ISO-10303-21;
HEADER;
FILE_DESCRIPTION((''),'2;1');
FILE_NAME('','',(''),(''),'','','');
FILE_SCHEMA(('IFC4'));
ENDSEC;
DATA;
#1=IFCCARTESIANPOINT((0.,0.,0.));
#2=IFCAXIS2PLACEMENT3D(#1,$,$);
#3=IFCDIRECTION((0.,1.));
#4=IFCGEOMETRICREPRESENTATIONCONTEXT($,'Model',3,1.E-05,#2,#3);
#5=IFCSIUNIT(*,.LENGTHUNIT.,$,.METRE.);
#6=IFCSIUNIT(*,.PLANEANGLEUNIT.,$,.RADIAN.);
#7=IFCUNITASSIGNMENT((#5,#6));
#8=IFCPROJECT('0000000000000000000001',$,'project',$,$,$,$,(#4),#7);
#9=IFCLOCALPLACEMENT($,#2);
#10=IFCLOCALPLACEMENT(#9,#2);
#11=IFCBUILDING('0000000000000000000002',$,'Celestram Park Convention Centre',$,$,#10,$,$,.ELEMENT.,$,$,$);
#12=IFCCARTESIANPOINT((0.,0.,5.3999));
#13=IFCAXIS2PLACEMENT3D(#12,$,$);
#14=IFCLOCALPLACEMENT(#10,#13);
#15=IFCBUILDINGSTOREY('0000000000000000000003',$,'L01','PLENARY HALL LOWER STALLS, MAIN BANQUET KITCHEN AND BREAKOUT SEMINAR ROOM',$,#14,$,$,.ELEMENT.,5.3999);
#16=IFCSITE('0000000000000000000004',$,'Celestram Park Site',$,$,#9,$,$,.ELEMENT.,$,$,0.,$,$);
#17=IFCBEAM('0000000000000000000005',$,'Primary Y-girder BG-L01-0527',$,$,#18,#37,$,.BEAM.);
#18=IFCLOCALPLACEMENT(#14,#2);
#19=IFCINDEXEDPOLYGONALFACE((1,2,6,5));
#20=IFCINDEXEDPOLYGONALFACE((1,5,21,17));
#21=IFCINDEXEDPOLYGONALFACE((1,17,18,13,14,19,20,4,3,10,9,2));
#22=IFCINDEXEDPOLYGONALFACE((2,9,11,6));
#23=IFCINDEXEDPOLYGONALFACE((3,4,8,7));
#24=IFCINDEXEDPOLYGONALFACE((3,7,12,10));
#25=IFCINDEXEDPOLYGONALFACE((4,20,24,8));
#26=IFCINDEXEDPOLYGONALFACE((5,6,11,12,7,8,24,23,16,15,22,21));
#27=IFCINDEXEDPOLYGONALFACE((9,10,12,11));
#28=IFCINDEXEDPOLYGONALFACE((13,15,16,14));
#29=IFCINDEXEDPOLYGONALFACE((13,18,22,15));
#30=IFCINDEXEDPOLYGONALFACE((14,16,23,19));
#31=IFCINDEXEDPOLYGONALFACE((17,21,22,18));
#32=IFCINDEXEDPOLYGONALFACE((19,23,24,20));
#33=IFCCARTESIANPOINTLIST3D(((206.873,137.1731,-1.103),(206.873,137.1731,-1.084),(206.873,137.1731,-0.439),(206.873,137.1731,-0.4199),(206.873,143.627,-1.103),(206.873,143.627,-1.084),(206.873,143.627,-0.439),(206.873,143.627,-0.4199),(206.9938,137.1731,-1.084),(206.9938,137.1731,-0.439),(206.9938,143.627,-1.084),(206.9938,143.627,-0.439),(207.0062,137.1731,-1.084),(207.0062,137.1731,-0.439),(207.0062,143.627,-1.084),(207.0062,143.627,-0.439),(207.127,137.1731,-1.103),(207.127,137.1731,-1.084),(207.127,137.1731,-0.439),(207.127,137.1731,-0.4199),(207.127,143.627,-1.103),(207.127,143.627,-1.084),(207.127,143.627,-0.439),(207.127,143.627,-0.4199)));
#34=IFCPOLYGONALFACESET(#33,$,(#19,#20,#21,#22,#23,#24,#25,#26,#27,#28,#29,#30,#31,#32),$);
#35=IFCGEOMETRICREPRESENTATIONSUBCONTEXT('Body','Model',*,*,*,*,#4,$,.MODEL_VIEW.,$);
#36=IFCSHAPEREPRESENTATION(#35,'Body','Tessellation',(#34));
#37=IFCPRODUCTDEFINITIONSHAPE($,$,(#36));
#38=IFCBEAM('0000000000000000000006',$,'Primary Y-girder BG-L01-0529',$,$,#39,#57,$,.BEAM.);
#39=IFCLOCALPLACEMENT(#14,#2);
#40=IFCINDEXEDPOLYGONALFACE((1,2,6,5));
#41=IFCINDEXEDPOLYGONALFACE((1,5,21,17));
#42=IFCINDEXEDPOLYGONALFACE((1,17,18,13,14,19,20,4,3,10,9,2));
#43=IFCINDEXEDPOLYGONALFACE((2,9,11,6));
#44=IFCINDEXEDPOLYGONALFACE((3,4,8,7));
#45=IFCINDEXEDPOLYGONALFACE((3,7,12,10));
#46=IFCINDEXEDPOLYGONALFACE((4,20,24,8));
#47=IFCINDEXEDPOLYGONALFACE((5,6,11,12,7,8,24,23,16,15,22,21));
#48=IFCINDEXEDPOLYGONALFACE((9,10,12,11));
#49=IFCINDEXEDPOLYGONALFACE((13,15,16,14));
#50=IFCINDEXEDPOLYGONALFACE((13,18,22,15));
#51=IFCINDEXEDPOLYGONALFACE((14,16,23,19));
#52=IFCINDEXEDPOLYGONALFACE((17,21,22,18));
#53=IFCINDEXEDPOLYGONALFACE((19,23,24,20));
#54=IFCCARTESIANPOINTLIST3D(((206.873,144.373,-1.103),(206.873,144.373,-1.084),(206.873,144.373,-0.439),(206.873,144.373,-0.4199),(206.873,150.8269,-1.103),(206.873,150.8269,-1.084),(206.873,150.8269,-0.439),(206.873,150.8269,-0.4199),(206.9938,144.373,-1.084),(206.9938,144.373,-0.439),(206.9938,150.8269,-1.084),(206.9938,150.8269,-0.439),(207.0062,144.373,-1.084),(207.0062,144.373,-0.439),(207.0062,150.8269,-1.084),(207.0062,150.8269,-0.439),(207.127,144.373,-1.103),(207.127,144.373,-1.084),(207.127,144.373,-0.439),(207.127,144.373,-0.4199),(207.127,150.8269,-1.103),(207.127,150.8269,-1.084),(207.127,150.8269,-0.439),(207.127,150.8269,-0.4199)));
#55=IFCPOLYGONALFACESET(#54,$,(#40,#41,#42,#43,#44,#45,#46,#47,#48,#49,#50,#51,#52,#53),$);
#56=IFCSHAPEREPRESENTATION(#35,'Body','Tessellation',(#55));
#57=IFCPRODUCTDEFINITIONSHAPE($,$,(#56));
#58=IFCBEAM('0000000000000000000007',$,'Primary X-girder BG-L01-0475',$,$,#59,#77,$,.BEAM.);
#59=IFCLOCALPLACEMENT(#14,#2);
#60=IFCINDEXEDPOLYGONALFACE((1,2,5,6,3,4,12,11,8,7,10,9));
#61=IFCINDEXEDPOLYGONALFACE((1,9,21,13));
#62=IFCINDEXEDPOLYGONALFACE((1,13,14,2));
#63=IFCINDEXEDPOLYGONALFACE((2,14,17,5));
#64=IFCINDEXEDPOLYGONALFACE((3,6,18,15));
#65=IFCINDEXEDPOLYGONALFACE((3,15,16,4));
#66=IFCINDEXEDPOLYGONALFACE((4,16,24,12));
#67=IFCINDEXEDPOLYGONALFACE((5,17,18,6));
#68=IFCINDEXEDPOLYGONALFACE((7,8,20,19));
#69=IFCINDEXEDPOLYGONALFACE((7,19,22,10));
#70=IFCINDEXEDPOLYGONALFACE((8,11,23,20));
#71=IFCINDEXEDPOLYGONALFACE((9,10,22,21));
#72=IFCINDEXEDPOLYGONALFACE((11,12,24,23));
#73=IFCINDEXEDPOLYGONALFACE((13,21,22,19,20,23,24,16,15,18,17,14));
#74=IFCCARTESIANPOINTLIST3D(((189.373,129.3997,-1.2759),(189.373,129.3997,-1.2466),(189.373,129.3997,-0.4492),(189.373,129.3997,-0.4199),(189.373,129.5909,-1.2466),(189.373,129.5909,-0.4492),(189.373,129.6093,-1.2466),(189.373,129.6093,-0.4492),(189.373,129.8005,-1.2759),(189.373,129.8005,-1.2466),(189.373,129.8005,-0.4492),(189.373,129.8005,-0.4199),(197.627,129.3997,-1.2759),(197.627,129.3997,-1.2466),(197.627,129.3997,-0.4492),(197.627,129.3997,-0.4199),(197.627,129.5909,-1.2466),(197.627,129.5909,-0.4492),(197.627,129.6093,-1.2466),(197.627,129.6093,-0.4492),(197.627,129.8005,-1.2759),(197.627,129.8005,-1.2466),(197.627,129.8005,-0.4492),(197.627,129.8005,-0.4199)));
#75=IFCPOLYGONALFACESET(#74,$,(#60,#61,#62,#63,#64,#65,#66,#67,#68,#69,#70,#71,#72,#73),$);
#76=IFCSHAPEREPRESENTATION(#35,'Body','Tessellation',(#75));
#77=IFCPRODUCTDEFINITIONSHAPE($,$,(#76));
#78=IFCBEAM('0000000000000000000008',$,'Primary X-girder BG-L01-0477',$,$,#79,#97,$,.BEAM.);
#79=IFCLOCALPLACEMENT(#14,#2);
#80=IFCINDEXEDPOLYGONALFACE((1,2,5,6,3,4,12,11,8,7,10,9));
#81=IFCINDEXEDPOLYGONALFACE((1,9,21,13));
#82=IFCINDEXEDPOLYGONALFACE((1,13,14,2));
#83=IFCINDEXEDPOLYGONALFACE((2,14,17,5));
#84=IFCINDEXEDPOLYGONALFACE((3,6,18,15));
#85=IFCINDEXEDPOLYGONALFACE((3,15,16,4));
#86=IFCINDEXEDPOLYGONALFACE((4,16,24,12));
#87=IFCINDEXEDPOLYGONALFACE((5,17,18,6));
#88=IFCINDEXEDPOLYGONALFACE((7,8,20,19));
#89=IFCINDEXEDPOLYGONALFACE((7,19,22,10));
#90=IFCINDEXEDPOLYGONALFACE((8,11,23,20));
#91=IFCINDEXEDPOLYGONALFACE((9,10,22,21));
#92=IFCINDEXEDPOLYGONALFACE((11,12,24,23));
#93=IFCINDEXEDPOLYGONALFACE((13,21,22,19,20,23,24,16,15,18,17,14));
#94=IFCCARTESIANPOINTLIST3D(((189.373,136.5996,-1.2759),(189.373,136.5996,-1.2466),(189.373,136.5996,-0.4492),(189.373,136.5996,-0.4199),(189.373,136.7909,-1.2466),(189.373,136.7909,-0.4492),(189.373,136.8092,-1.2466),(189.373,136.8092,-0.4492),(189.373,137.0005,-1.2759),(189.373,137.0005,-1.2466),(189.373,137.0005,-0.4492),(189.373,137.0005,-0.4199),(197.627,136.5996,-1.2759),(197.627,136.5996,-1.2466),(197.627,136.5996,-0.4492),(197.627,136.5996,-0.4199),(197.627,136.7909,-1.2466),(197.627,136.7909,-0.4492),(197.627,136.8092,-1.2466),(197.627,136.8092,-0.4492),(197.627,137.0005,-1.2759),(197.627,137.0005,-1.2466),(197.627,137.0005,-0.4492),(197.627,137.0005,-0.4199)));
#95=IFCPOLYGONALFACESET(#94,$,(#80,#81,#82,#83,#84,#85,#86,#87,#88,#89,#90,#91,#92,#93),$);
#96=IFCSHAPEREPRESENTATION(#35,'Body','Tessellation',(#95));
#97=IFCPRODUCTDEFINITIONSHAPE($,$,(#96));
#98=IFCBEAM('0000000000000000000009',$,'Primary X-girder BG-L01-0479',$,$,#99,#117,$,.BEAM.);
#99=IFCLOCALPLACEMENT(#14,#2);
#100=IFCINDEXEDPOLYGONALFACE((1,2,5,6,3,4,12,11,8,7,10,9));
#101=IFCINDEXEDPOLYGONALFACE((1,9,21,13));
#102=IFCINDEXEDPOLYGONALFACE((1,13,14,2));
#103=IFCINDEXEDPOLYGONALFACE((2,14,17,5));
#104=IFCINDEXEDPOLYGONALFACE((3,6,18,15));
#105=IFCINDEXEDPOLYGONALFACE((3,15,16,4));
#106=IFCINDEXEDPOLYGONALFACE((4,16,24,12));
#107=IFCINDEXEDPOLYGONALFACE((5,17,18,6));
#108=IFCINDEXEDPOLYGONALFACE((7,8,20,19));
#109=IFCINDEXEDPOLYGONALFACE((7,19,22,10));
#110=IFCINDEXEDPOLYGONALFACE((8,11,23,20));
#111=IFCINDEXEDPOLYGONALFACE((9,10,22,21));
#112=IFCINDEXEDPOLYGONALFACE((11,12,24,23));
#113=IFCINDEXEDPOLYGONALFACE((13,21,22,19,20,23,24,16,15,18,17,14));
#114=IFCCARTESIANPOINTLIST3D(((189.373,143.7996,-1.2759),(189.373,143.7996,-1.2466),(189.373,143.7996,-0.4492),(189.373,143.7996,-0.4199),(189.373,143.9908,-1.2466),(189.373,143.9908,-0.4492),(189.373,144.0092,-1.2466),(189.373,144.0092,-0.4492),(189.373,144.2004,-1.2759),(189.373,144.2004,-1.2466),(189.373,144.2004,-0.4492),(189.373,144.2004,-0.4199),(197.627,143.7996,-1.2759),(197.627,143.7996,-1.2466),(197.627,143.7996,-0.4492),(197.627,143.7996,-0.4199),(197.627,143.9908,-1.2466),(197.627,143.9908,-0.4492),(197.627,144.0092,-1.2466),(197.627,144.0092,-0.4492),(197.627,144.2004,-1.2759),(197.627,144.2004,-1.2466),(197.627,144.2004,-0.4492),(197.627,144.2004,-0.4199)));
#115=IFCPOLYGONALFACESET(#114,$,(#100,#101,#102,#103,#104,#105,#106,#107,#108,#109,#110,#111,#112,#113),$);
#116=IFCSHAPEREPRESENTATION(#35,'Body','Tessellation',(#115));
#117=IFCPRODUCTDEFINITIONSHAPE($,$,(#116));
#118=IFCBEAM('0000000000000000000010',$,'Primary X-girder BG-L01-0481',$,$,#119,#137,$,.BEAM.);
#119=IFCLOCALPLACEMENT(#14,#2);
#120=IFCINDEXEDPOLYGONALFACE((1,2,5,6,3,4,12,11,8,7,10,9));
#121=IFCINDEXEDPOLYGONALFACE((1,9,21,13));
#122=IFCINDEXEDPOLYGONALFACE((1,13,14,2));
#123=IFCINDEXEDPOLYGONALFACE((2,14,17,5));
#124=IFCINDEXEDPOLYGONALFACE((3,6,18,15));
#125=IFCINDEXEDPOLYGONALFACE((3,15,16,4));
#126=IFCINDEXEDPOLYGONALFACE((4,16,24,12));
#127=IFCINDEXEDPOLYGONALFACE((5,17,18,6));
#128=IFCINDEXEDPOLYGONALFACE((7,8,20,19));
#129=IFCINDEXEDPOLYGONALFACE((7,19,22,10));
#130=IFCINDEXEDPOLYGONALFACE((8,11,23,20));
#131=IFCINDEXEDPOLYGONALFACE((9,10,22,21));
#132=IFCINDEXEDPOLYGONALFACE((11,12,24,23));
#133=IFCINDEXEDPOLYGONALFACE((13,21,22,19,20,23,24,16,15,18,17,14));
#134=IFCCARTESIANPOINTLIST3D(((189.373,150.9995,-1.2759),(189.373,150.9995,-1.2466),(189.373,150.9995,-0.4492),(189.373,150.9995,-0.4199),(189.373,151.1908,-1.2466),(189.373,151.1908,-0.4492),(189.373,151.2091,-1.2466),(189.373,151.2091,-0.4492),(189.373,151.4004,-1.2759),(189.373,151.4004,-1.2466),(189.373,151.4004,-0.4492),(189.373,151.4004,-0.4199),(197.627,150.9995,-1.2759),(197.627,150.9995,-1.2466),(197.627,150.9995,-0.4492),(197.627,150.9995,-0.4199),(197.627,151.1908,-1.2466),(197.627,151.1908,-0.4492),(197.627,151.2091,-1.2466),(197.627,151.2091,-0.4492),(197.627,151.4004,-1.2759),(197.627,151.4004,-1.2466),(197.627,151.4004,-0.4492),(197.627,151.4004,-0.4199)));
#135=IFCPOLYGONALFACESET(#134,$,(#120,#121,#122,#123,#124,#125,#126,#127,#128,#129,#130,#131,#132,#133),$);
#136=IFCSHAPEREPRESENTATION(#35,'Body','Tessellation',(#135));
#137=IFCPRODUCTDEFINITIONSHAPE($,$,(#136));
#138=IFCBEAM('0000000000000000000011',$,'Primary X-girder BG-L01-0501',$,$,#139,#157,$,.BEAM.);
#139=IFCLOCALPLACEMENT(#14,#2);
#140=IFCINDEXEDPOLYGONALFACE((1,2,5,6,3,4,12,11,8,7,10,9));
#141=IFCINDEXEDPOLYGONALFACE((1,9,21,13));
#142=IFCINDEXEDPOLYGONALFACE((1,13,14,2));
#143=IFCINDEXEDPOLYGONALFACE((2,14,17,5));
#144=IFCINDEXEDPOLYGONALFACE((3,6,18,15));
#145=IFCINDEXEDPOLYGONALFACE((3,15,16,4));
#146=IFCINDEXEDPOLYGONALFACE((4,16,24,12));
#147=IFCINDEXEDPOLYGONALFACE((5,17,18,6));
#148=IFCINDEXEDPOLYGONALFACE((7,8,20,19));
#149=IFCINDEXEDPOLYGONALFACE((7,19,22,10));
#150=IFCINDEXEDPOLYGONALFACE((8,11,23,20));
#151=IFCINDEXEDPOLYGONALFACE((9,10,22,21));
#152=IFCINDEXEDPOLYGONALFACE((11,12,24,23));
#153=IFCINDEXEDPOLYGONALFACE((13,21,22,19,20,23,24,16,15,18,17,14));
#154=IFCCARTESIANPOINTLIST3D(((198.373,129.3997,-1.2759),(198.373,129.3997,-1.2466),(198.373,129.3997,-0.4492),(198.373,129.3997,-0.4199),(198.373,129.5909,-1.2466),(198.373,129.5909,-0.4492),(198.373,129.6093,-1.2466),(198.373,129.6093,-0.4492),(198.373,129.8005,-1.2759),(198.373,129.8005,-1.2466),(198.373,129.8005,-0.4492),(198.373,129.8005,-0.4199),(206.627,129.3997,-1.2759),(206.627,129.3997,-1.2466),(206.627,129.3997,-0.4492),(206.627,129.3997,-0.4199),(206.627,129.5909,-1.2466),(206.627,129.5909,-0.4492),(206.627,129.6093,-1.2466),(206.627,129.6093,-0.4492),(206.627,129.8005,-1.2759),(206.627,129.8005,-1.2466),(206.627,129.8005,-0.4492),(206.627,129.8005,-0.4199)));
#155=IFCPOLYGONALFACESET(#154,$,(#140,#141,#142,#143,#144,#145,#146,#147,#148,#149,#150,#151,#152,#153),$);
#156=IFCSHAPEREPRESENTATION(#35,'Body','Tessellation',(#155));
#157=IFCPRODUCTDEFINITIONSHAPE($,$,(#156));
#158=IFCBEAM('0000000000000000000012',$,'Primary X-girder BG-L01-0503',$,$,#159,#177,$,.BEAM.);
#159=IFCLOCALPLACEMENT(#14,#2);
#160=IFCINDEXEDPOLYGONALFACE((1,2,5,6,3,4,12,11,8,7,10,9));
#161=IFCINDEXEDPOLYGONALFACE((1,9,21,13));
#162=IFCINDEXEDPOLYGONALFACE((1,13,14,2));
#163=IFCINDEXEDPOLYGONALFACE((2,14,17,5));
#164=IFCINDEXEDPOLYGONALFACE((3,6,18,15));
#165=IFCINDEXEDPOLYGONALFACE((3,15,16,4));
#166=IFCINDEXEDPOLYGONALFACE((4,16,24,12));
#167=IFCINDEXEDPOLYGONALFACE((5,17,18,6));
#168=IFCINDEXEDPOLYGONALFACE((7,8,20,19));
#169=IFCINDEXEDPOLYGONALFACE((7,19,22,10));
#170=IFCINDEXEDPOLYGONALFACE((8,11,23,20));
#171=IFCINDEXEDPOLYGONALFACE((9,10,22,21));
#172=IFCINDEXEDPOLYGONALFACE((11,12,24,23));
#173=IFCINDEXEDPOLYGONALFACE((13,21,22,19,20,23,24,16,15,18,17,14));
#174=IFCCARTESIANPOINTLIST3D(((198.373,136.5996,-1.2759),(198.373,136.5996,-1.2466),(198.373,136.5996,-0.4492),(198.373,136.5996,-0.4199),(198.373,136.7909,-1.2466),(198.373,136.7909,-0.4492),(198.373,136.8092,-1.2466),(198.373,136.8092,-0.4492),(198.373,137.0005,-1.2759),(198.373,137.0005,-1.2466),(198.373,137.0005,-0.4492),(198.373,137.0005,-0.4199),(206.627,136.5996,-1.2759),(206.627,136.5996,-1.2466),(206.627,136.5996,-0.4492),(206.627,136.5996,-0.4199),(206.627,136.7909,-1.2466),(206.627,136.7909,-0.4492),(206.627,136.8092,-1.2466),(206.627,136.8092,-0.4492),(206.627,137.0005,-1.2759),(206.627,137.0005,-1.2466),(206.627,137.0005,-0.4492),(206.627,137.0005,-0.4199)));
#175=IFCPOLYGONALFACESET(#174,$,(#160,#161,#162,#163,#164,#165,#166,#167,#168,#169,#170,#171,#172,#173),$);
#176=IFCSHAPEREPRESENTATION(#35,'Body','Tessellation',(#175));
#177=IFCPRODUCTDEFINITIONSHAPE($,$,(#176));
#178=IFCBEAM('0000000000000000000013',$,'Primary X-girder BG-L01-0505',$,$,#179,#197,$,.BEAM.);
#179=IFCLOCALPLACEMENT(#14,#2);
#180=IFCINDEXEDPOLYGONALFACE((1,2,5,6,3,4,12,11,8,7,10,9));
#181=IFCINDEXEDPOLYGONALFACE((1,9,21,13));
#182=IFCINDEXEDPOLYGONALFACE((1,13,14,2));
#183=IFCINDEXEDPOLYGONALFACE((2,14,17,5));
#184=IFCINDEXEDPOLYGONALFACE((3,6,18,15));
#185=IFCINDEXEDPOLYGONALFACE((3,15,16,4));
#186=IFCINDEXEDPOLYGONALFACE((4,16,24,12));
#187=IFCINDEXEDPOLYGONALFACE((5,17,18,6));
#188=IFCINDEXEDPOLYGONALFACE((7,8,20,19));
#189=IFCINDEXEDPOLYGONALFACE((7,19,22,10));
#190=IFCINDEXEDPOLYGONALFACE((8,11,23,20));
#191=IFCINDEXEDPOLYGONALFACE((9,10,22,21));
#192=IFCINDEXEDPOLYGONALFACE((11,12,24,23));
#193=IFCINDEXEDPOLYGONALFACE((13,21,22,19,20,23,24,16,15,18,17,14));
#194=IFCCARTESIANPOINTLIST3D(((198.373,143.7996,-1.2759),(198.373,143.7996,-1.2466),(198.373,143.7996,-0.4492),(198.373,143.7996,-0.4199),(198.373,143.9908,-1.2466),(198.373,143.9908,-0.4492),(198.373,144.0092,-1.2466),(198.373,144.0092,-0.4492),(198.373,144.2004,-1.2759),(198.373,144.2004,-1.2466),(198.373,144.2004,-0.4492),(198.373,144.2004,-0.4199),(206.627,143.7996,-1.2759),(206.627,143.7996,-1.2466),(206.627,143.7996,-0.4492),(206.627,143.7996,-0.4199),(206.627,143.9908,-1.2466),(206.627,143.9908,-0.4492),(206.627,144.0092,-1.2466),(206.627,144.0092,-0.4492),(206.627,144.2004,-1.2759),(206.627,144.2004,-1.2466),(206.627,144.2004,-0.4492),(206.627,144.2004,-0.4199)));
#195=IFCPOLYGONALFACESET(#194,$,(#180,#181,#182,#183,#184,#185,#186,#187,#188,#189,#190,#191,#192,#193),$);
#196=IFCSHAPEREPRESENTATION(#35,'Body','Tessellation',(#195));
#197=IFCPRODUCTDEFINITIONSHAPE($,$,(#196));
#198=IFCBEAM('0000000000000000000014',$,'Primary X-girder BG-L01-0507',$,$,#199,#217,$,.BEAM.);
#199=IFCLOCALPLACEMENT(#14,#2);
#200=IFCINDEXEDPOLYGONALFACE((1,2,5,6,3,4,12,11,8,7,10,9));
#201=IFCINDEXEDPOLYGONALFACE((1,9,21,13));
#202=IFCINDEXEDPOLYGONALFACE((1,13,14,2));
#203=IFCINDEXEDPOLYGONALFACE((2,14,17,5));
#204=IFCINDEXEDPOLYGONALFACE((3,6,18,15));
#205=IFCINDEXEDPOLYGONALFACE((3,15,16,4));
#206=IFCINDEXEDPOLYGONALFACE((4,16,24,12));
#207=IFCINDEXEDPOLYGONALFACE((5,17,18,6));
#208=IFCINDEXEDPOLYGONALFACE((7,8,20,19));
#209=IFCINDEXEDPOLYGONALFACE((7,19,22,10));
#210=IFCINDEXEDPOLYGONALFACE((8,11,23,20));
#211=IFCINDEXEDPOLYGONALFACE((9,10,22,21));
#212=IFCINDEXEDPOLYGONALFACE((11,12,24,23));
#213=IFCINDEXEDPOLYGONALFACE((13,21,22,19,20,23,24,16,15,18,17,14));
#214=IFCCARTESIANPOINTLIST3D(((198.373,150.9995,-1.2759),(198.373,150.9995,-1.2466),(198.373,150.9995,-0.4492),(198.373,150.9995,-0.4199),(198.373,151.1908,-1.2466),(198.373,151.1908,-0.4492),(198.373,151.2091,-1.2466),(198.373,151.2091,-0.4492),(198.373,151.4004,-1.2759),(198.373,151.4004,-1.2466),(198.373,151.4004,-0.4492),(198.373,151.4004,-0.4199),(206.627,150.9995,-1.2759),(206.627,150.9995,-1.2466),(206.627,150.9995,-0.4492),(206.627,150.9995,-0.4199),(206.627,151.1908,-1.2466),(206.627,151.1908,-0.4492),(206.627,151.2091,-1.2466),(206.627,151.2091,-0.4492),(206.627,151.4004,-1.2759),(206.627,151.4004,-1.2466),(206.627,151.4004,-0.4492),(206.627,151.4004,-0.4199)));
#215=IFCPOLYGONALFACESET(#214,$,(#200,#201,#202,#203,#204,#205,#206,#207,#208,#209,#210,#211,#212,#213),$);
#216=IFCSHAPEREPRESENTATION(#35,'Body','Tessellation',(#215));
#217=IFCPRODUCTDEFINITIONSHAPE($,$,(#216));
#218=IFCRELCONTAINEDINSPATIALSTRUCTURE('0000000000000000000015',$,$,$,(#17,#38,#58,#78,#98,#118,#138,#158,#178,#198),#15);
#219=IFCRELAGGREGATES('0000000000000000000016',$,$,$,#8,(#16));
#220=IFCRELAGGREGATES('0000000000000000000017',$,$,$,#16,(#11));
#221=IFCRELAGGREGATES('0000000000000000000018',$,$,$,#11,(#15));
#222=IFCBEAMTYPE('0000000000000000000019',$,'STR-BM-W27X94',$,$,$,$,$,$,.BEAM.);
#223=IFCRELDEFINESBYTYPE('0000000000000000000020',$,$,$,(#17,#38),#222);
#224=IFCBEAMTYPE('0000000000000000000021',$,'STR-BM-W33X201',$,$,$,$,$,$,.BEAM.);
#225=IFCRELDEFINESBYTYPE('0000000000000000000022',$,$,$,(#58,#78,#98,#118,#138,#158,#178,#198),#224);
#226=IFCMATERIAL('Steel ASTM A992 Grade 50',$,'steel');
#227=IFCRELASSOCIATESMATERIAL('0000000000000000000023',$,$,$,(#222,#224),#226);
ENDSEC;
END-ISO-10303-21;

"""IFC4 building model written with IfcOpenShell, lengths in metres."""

from ifc_helpers import new_model, si_unit, direction, frame, origin, origin_2d, place, context, subcontext, project, spatial, i_section, extrude, material, material_profile, profile_set, type_object, element, save


model = new_model("IFC4")

# Units and contexts
model_context = context("Model", 3, precision=1e-05, world=origin(), true_north=direction((0.0, 1.0)))
body_context = subcontext(model_context, "Body", "Model", "MODEL_VIEW")
ifc_project = project(units=[si_unit("LENGTHUNIT", "METRE"), si_unit("PLANEANGLEUNIT", "RADIAN")], contexts=[model_context])

# Site, building, storey
site_placement = place(None, origin())
site = spatial("IfcSite", under=ifc_project, at=site_placement, Name="Celestram Park Site", CompositionType="ELEMENT", RefElevation=0.0)
building_placement = place(site_placement, origin())
building = spatial("IfcBuilding", under=site, at=building_placement, Name="Celestram Park Convention Centre", CompositionType="ELEMENT")
storey_placement = place(building_placement, frame((0.0, 0.0, 5.3999)))
storey = spatial("IfcBuildingStorey", under=building, at=storey_placement, Name="L01", Description="PLENARY HALL LOWER STALLS, MAIN BANQUET KITCHEN AND BREAKOUT SEMINAR ROOM", CompositionType="ELEMENT", Elevation=5.3999)

# Beams
ifc_material_1 = material(Name="Steel ASTM A992 Grade 50", Category="steel")
ifc_material_profile_1 = material_profile(ifc_material_1, i_section(OverallWidth=0.2539, OverallDepth=0.6831, WebThickness=0.0125, FlangeThickness=0.019, at=origin_2d()), Name="W27X94")
ifc_profile_set_1 = profile_set([ifc_material_profile_1], Name="Steel ASTM A992 Grade 50")
beam_type_1 = type_object("IfcBeamType", Name="STR-BM-W27X94", PredefinedType="BEAM", material=ifc_profile_set_1)
for number, where, z_axis, x_axis, name in (
    (1, (207.0, 137.1731, -0.7615), (0.0, 1.0, 0.0), (-1.0, 0.0, 0.0), "Primary Y-girder BG-L01-0527"),
    (2, (207.0, 144.373, -0.7615), (0.0, 1.0, 0.0), (-1.0, 0.0, 0.0), "Primary Y-girder BG-L01-0529"),
):
    element("IfcBeam", number, at=place(storey_placement, frame(where, z_axis=z_axis, x_axis=x_axis)), inside=storey, type_object=beam_type_1, Name=name, PredefinedType="BEAM", context=body_context, shape_type="SweptSolid", body=[
        extrude(i_section(OverallWidth=0.2539, OverallDepth=0.6831, WebThickness=0.0125, FlangeThickness=0.019, at=origin_2d()), origin(), (0.0, 0.0, 1.0), 6.4539),
    ])
ifc_material_profile_2 = material_profile(ifc_material_1, i_section(OverallWidth=0.4009, OverallDepth=0.856, WebThickness=0.0183, FlangeThickness=0.0293, at=origin_2d()), Name="W33X201")
ifc_profile_set_2 = profile_set([ifc_material_profile_2], Name="Steel ASTM A992 Grade 50")
beam_type_2 = type_object("IfcBeamType", Name="STR-BM-W33X201", PredefinedType="BEAM", material=ifc_profile_set_2)
for number, where, z_axis, x_axis, name in (
    (3, (189.373, 129.6001, -0.8479), (1.0, 0.0, 0.0), (0.0, 1.0, 0.0), "Primary X-girder BG-L01-0475"),
    (4, (189.373, 136.8, -0.8479), (1.0, 0.0, 0.0), (0.0, 1.0, 0.0), "Primary X-girder BG-L01-0477"),
    (5, (189.373, 144.0, -0.8479), (1.0, 0.0, 0.0), (0.0, 1.0, 0.0), "Primary X-girder BG-L01-0479"),
    (6, (189.373, 151.2, -0.8479), (1.0, 0.0, 0.0), (0.0, 1.0, 0.0), "Primary X-girder BG-L01-0481"),
    (7, (198.373, 129.6001, -0.8479), (1.0, 0.0, 0.0), (0.0, 1.0, 0.0), "Primary X-girder BG-L01-0501"),
    (8, (198.373, 136.8, -0.8479), (1.0, 0.0, 0.0), (0.0, 1.0, 0.0), "Primary X-girder BG-L01-0503"),
    (9, (198.373, 144.0, -0.8479), (1.0, 0.0, 0.0), (0.0, 1.0, 0.0), "Primary X-girder BG-L01-0505"),
    (10, (198.373, 151.2, -0.8479), (1.0, 0.0, 0.0), (0.0, 1.0, 0.0), "Primary X-girder BG-L01-0507"),
):
    element("IfcBeam", number, at=place(storey_placement, frame(where, z_axis=z_axis, x_axis=x_axis)), inside=storey, type_object=beam_type_2, Name=name, PredefinedType="BEAM", context=body_context, shape_type="SweptSolid", body=[
        extrude(i_section(OverallWidth=0.4009, OverallDepth=0.856, WebThickness=0.0183, FlangeThickness=0.0293, at=origin_2d()), origin(), (0.0, 0.0, 1.0), 8.2539),
    ])

save(model, "model.ifc")
